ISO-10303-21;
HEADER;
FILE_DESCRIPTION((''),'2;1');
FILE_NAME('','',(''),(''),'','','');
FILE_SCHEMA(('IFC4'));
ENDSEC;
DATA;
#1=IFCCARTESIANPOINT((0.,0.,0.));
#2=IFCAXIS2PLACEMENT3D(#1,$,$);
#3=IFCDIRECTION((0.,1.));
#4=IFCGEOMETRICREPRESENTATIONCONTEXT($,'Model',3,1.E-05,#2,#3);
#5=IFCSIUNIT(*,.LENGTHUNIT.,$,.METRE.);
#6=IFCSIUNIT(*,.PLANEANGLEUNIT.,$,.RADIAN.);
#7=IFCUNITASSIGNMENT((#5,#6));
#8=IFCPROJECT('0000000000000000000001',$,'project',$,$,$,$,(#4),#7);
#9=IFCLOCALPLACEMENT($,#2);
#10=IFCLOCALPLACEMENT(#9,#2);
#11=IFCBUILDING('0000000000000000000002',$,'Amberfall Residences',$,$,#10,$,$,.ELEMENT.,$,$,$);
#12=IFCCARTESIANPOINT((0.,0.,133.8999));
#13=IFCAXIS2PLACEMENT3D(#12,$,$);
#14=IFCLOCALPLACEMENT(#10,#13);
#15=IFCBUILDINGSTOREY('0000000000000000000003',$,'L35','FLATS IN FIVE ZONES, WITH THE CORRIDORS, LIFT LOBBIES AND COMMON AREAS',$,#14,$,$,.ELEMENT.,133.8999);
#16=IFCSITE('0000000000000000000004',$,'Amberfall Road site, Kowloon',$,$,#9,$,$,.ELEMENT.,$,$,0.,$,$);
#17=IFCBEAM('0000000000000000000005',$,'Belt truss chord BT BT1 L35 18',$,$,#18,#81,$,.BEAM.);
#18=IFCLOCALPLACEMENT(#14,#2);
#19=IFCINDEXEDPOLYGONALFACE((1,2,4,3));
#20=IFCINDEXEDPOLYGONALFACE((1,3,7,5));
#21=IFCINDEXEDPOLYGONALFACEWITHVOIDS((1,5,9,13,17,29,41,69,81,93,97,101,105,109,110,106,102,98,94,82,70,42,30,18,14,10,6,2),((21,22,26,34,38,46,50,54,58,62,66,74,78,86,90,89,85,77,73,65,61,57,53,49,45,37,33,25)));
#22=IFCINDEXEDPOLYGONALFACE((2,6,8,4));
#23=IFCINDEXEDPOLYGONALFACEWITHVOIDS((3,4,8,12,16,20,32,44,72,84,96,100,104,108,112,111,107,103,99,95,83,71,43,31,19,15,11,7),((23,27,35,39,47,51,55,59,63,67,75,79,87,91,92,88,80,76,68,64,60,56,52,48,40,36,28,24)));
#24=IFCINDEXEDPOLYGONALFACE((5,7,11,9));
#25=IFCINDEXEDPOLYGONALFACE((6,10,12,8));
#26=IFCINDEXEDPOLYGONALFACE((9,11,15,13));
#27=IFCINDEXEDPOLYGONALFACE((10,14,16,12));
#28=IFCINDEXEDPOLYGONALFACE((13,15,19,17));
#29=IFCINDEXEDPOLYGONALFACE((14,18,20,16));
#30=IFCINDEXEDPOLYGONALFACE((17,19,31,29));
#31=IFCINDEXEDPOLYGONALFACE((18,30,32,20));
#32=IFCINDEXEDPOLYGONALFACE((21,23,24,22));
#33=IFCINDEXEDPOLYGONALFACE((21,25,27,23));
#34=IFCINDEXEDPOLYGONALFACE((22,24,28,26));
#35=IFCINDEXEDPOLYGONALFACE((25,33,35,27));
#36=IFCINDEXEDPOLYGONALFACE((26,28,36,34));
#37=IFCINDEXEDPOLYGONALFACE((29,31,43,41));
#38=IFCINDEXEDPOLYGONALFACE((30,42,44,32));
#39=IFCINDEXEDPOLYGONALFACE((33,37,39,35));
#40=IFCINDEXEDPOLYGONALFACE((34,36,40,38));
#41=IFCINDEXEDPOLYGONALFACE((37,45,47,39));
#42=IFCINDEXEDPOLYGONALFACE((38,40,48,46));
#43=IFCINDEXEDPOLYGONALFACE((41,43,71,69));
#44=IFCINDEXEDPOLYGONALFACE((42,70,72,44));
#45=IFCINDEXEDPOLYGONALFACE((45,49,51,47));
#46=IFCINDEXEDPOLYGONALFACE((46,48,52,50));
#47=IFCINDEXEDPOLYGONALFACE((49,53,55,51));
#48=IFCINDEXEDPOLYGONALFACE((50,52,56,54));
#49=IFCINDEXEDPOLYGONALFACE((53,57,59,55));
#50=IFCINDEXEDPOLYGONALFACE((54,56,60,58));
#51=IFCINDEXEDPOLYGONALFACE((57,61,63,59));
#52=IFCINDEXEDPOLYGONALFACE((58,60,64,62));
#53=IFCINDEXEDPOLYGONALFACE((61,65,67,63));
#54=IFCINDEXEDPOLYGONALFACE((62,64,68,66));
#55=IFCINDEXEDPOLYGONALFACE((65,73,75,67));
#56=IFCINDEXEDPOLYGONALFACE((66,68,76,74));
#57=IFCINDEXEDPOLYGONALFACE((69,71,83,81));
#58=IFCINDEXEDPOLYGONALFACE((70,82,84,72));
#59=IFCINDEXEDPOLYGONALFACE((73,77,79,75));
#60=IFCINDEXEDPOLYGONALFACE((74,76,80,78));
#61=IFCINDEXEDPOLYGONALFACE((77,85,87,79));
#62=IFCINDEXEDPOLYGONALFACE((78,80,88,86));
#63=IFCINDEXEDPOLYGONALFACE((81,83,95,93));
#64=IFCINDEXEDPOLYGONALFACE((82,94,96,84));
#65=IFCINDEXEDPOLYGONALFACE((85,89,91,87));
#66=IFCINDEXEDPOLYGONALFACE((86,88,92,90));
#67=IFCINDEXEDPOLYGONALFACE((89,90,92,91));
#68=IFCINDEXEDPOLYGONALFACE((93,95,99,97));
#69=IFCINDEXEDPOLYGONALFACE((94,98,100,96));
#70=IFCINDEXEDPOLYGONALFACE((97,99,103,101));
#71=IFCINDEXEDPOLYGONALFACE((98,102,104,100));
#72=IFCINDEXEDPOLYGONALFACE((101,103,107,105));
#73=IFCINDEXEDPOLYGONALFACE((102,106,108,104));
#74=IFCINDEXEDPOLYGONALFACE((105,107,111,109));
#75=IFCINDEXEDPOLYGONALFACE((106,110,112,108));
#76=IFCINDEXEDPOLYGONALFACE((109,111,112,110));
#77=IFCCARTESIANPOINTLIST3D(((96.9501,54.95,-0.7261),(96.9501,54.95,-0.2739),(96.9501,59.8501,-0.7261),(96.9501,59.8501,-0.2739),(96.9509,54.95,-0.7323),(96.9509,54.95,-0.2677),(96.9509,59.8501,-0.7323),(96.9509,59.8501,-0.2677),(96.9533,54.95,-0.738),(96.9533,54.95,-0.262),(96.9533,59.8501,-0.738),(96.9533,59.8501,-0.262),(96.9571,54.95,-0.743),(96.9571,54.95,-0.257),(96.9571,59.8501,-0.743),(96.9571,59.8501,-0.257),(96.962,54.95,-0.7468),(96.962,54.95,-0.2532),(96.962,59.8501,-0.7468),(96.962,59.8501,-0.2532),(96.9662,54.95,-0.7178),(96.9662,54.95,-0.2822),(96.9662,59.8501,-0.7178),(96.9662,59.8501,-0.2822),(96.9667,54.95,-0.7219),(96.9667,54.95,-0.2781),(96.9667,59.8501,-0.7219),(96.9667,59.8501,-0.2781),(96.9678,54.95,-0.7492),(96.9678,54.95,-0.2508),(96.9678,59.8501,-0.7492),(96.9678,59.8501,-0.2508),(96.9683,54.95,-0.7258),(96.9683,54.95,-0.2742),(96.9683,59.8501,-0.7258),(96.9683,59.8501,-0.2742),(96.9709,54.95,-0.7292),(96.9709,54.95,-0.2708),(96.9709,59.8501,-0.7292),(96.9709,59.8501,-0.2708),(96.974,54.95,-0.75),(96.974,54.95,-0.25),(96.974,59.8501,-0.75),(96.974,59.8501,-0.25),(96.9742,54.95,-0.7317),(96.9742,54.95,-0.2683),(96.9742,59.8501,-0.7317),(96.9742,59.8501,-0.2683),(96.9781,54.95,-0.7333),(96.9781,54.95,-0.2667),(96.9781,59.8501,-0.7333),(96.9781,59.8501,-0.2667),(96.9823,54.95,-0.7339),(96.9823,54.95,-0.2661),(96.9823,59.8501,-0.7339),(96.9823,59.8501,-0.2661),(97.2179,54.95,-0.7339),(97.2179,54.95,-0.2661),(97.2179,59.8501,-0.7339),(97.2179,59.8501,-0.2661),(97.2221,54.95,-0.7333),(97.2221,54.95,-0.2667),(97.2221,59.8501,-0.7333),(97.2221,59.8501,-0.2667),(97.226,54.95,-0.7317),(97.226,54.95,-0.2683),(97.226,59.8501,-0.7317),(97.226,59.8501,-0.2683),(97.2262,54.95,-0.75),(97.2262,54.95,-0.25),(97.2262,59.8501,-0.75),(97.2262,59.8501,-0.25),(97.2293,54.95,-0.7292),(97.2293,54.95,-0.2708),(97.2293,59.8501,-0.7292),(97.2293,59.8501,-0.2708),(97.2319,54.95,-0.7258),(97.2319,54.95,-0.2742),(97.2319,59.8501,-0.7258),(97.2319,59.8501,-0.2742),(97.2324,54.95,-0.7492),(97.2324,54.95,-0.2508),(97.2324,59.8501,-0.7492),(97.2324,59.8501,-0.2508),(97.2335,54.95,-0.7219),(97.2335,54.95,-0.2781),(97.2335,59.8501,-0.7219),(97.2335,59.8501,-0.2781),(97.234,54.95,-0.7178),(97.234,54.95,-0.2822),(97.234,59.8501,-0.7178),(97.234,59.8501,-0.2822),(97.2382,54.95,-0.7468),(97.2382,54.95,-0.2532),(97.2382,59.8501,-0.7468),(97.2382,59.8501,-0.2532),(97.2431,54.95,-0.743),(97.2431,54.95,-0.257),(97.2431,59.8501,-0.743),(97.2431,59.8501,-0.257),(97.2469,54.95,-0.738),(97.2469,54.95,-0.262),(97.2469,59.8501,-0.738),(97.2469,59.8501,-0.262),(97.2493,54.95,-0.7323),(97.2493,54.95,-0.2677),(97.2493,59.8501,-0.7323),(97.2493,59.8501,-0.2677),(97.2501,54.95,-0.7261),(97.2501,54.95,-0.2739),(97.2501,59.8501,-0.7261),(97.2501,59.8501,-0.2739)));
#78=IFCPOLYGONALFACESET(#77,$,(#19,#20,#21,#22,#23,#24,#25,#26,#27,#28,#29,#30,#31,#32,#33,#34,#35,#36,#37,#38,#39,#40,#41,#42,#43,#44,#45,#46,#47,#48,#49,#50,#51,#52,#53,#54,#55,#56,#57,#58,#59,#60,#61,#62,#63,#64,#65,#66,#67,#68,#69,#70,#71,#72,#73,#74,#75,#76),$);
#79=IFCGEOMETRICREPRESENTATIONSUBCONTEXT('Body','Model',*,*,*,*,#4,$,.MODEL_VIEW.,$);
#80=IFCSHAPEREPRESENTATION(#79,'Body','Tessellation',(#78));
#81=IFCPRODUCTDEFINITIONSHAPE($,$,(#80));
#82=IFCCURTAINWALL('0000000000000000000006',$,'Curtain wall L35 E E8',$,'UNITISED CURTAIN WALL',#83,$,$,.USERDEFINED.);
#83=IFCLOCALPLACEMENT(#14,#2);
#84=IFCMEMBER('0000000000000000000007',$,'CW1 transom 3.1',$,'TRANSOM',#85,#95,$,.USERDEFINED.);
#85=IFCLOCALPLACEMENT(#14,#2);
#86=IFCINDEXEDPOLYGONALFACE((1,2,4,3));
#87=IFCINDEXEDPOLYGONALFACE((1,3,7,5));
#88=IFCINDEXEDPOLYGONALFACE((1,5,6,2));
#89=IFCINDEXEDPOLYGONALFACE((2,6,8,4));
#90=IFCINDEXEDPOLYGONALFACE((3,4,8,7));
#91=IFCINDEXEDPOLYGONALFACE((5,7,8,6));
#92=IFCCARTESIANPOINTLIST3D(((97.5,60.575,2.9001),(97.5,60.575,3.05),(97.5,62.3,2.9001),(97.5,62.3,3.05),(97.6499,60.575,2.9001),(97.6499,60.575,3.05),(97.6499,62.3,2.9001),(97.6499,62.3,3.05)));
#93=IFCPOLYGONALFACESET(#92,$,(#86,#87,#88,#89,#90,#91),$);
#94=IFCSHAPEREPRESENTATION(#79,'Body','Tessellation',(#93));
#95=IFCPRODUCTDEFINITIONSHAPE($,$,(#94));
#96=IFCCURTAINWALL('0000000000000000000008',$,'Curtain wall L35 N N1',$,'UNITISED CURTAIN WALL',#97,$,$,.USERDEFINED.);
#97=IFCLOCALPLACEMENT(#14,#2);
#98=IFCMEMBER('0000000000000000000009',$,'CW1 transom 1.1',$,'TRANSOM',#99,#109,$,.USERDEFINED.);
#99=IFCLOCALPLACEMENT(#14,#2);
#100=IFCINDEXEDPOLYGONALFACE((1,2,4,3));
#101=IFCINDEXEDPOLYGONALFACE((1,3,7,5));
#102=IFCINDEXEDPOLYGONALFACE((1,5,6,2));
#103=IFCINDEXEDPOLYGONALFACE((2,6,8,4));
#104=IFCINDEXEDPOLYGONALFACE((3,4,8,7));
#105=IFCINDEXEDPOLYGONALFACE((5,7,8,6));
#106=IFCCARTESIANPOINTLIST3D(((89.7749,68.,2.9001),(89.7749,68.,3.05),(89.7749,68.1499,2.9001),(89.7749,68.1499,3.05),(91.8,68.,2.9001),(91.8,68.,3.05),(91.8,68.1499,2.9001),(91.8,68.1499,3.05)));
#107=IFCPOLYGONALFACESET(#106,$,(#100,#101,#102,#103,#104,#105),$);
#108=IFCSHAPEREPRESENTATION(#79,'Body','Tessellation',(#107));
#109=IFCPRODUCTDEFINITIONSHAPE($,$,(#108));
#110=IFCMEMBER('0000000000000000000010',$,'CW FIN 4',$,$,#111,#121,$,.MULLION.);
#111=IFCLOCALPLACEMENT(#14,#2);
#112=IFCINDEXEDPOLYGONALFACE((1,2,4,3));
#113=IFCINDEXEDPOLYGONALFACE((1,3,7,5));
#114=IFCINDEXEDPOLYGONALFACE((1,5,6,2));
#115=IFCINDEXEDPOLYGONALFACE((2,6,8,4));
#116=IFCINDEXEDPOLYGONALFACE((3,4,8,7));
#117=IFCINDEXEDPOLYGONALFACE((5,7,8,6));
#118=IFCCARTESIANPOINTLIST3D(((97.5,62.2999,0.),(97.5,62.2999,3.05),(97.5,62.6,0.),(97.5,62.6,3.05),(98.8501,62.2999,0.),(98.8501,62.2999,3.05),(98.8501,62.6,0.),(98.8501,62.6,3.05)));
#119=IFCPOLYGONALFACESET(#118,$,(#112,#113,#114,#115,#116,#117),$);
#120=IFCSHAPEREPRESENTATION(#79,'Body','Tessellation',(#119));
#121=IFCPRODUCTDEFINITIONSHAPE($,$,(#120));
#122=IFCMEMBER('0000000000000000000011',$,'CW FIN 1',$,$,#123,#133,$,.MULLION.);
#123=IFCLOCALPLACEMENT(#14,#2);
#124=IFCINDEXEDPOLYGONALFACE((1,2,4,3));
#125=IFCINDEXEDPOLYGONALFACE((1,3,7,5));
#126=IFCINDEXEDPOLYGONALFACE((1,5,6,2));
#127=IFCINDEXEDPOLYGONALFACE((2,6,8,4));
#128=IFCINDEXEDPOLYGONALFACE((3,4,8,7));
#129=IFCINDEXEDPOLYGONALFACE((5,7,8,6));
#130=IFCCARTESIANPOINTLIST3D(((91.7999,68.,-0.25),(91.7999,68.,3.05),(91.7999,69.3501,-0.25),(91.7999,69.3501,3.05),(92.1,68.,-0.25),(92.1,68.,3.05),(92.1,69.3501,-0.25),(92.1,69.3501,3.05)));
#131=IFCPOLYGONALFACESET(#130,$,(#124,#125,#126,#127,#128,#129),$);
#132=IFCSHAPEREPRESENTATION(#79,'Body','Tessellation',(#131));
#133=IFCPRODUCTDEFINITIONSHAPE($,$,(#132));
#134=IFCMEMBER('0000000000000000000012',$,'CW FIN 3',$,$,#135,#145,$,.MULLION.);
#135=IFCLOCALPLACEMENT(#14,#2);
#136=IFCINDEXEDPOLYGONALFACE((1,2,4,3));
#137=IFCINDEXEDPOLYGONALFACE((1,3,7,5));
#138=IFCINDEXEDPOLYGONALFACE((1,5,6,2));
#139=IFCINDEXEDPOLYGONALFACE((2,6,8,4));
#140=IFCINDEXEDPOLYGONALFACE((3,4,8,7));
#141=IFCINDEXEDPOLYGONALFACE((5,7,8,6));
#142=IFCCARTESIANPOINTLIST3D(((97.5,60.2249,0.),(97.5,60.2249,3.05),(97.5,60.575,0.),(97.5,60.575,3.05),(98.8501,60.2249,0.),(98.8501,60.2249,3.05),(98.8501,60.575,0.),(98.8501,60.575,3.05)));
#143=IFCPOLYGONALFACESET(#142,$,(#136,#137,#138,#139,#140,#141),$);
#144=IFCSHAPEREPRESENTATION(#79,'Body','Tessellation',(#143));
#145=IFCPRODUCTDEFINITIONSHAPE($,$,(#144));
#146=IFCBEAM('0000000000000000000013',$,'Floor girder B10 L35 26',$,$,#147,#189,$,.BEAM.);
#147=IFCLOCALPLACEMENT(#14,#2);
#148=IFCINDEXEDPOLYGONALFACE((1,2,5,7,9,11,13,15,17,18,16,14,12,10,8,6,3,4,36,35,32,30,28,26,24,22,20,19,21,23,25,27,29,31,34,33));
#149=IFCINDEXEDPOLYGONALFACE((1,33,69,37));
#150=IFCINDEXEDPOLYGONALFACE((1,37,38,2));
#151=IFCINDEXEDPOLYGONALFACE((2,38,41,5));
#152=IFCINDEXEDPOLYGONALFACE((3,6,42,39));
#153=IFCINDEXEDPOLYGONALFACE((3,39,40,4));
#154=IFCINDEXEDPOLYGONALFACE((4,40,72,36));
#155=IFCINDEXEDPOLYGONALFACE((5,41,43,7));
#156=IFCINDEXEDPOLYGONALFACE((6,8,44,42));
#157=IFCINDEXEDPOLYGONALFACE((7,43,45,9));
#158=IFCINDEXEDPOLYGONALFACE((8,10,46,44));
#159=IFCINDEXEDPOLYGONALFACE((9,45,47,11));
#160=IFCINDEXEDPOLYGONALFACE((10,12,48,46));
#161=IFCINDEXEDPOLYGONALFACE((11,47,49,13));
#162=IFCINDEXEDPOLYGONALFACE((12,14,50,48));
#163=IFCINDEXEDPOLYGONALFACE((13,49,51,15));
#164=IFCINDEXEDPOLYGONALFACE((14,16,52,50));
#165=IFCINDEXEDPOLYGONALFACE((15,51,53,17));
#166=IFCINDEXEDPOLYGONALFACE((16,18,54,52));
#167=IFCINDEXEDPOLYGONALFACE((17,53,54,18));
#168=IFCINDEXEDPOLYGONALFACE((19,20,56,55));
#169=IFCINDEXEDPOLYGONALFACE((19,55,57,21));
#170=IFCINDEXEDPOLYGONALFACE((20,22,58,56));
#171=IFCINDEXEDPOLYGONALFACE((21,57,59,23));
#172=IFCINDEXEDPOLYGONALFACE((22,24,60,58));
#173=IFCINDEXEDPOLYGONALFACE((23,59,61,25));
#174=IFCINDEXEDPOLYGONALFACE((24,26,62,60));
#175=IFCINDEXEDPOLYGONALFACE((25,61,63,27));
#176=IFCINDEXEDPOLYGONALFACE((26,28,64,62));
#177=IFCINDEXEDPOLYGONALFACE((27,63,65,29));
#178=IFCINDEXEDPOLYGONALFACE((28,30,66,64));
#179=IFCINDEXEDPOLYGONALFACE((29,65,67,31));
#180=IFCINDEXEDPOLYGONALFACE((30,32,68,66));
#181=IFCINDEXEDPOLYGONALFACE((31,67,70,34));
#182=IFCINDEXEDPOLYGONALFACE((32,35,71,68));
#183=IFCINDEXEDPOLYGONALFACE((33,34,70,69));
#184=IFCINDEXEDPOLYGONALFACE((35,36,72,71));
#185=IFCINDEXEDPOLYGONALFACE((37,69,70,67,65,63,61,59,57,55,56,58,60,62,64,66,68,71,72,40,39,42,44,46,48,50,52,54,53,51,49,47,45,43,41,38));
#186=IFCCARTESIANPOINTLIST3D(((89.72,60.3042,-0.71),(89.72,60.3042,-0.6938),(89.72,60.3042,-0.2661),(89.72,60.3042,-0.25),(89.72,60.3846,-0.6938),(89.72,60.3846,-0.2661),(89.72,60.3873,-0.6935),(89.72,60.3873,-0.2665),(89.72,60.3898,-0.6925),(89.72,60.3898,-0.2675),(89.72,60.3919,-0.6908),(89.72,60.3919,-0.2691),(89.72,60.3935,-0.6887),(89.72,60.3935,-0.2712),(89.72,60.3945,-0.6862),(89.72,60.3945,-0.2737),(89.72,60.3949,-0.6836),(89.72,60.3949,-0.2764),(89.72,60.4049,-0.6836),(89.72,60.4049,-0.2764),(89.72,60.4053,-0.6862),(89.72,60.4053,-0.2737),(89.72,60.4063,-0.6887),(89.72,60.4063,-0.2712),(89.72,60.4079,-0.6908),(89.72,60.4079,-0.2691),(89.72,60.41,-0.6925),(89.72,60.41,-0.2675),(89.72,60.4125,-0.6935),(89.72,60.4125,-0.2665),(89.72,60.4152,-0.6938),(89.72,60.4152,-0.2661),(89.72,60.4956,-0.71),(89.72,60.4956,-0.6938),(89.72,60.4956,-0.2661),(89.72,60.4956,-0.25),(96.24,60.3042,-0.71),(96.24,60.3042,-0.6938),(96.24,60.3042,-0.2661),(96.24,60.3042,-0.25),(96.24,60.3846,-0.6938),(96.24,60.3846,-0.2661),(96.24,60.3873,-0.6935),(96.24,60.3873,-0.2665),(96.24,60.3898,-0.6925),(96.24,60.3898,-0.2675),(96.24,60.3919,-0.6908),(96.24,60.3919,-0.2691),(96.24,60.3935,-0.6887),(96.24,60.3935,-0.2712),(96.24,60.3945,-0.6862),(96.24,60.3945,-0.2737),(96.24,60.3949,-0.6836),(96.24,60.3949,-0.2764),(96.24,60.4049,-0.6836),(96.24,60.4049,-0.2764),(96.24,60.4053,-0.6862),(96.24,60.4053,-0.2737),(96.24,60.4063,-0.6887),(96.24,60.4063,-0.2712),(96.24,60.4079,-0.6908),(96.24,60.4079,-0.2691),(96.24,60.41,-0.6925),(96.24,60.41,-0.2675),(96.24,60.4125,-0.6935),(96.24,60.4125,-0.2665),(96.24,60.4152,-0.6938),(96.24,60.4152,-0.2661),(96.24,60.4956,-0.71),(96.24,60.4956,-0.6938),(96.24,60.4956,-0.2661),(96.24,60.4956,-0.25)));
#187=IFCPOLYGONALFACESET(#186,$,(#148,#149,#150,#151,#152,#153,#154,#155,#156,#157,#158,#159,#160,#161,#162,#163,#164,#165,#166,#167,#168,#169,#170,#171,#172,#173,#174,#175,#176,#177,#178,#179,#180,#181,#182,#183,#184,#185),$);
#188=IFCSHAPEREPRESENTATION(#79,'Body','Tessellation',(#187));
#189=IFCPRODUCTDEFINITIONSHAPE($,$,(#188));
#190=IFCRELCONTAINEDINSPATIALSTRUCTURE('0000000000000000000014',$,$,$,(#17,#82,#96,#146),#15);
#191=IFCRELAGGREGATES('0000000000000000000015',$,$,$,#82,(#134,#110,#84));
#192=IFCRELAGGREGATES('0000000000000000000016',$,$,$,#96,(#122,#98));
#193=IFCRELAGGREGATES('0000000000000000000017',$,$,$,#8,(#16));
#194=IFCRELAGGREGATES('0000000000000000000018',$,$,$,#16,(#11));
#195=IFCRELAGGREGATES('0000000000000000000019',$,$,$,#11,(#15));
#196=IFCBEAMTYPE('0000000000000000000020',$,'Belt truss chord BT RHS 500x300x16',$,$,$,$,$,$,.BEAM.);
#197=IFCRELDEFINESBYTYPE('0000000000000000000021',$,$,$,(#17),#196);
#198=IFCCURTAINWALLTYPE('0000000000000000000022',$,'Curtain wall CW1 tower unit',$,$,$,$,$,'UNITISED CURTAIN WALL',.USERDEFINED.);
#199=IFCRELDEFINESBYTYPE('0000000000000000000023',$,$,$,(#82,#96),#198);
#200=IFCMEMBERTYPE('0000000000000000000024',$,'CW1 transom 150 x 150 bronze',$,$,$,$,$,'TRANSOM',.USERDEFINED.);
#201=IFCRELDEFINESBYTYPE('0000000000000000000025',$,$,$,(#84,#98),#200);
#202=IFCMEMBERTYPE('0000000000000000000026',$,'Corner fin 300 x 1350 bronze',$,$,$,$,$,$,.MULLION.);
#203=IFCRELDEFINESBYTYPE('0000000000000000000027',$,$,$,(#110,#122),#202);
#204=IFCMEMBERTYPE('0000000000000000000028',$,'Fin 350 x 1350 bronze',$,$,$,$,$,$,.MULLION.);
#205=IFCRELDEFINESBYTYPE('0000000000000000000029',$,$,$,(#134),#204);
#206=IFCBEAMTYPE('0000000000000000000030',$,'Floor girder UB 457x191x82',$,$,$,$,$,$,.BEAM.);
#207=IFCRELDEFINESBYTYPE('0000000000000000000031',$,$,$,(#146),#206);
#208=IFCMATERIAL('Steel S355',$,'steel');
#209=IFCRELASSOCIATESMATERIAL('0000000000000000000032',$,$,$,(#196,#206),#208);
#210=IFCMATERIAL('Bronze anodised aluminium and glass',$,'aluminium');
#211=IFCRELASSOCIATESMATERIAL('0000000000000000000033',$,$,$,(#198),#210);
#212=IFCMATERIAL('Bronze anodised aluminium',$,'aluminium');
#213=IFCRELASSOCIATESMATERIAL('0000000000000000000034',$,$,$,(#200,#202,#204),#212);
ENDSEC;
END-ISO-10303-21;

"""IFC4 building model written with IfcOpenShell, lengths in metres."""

from ifc_helpers import new_model, si_unit, direction, frame, origin, origin_2d, place, context, subcontext, project, spatial, rectangle, hollow_rectangle, i_section, extrude, material, material_profile, profile_set, type_object, element, aggregate, save


model = new_model("IFC4")

# Units and contexts
model_context = context("Model", 3, precision=1e-05, world=origin(), true_north=direction((0.0, 1.0)))
body_context = subcontext(model_context, "Body", "Model", "MODEL_VIEW")
ifc_project = project(units=[si_unit("LENGTHUNIT", "METRE"), si_unit("PLANEANGLEUNIT", "RADIAN")], contexts=[model_context])

# Site, building, storey
site_placement = place(None, origin())
site = spatial("IfcSite", under=ifc_project, at=site_placement, Name="Amberfall Road site, Kowloon", CompositionType="ELEMENT", RefElevation=0.0)
building_placement = place(site_placement, origin())
building = spatial("IfcBuilding", under=site, at=building_placement, Name="Amberfall Residences", CompositionType="ELEMENT")
storey_placement = place(building_placement, frame((0.0, 0.0, 133.8999)))
storey = spatial("IfcBuildingStorey", under=building, at=storey_placement, Name="L35", Description="FLATS IN FIVE ZONES, WITH THE CORRIDORS, LIFT LOBBIES AND COMMON AREAS", CompositionType="ELEMENT", Elevation=133.8999)

# Beam
ifc_material_1 = material(Name="Steel S355", Category="steel")
ifc_material_profile_1 = material_profile(ifc_material_1, hollow_rectangle(XDim=0.3, YDim=0.5, WallThickness=0.0161, InnerFilletRadius=0.0161, OuterFilletRadius=0.0239, at=origin_2d()), Name="RHS 500x300x16")
ifc_profile_set_1 = profile_set([ifc_material_profile_1], Name="Steel S355")
beam_type_1 = type_object("IfcBeamType", Name="Belt truss chord BT RHS 500x300x16", PredefinedType="BEAM", material=ifc_profile_set_1)
beam_1_placement = place(storey_placement, frame((97.1001, 54.95, -0.5), z_axis=(0.0, 1.0, 0.0), x_axis=(-1.0, 0.0, 0.0)))
element("IfcBeam", 1, at=beam_1_placement, inside=storey, type_object=beam_type_1, Name="Belt truss chord BT BT1 L35 18", PredefinedType="BEAM", context=body_context, shape_type="SweptSolid", body=[
    extrude(hollow_rectangle(XDim=0.3, YDim=0.5, WallThickness=0.0161, InnerFilletRadius=0.0161, OuterFilletRadius=0.0239, at=origin_2d()), origin(), (0.0, 0.0, 1.0), 4.9001),
])

# Curtain walls, members
ifc_material_2 = material(Name="Bronze anodised aluminium and glass", Category="aluminium")
curtain_wall_type = type_object("IfcCurtainWallType", Name="Curtain wall CW1 tower unit", ElementType="UNITISED CURTAIN WALL", PredefinedType="USERDEFINED", material=ifc_material_2)
curtain_wall_1_placement = place(storey_placement, origin())
curtain_wall_1 = element("IfcCurtainWall", 2, at=curtain_wall_1_placement, inside=storey, type_object=curtain_wall_type, Name="Curtain wall L35 E E8", ObjectType="UNITISED CURTAIN WALL", PredefinedType="USERDEFINED")
ifc_material_3 = material(Name="Bronze anodised aluminium", Category="aluminium")
ifc_material_profile_2 = material_profile(ifc_material_3, rectangle(XDim=0.1499, YDim=0.1499, at=origin_2d()), Name="CW1 transom 150 x 150 bronze")
ifc_profile_set_2 = profile_set([ifc_material_profile_2], Name="Bronze anodised aluminium")
member_type_1 = type_object("IfcMemberType", Name="CW1 transom 150 x 150 bronze", ElementType="TRANSOM", PredefinedType="USERDEFINED", material=ifc_profile_set_2)
member_1_placement = place(storey_placement, frame((97.575, 60.575, 2.9751), z_axis=(0.0, 1.0, 0.0), x_axis=(-1.0, 0.0, 0.0)))
member_1 = element("IfcMember", 3, at=member_1_placement, type_object=member_type_1, Name="CW1 transom 3.1", ObjectType="TRANSOM", PredefinedType="USERDEFINED", context=body_context, shape_type="SweptSolid", body=[
    extrude(rectangle(XDim=0.1499, YDim=0.1499, at=origin_2d()), origin(), (0.0, 0.0, 1.0), 1.7251),
])
curtain_wall_2_placement = place(storey_placement, origin())
curtain_wall_2 = element("IfcCurtainWall", 4, at=curtain_wall_2_placement, inside=storey, type_object=curtain_wall_type, Name="Curtain wall L35 N N1", ObjectType="UNITISED CURTAIN WALL", PredefinedType="USERDEFINED")
member_2_placement = place(storey_placement, frame((91.8, 68.075, 2.9751), z_axis=(-1.0, 0.0, 0.0), x_axis=(0.0, -1.0, 0.0)))
member_2 = element("IfcMember", 5, at=member_2_placement, type_object=member_type_1, Name="CW1 transom 1.1", ObjectType="TRANSOM", PredefinedType="USERDEFINED", context=body_context, shape_type="SweptSolid", body=[
    extrude(rectangle(XDim=0.1499, YDim=0.1499, at=origin_2d()), origin(), (0.0, 0.0, 1.0), 2.0251),
])

# Members
ifc_material_profile_3 = material_profile(ifc_material_3, rectangle(XDim=1.3501, YDim=0.3, at=origin_2d()), Name="Corner fin 300 x 1350 bronze")
ifc_profile_set_3 = profile_set([ifc_material_profile_3], Name="Bronze anodised aluminium")
member_type_2 = type_object("IfcMemberType", Name="Corner fin 300 x 1350 bronze", PredefinedType="MULLION", material=ifc_profile_set_3)
member_3_placement = place(storey_placement, frame((98.175, 62.45, 0.0), z_axis=(0.0, 0.0, 1.0), x_axis=(-1.0, 0.0, 0.0)))
member_3 = element("IfcMember", 6, at=member_3_placement, type_object=member_type_2, Name="CW FIN 4", PredefinedType="MULLION", context=body_context, shape_type="SweptSolid", body=[
    extrude(rectangle(XDim=1.3501, YDim=0.3, at=origin_2d()), origin(), (0.0, 0.0, 1.0), 3.05),
])
member_4_placement = place(storey_placement, frame((91.95, 68.675, -0.25), z_axis=(0.0, 0.0, 1.0), x_axis=(0.0, -1.0, 0.0)))
member_4 = element("IfcMember", 7, at=member_4_placement, type_object=member_type_2, Name="CW FIN 1", PredefinedType="MULLION", context=body_context, shape_type="SweptSolid", body=[
    extrude(rectangle(XDim=1.3501, YDim=0.3, at=origin_2d()), origin(), (0.0, 0.0, 1.0), 3.3),
])
ifc_material_profile_4 = material_profile(ifc_material_3, rectangle(XDim=1.3501, YDim=0.3501, at=origin_2d()), Name="Fin 350 x 1350 bronze")
ifc_profile_set_4 = profile_set([ifc_material_profile_4], Name="Bronze anodised aluminium")
member_type_3 = type_object("IfcMemberType", Name="Fin 350 x 1350 bronze", PredefinedType="MULLION", material=ifc_profile_set_4)
member_5_placement = place(storey_placement, frame((98.175, 60.3999, 0.0), z_axis=(0.0, 0.0, 1.0), x_axis=(-1.0, 0.0, 0.0)))
member_5 = element("IfcMember", 8, at=member_5_placement, type_object=member_type_3, Name="CW FIN 3", PredefinedType="MULLION", context=body_context, shape_type="SweptSolid", body=[
    extrude(rectangle(XDim=1.3501, YDim=0.3501, at=origin_2d()), origin(), (0.0, 0.0, 1.0), 3.05),
])

# Beam
ifc_material_profile_5 = material_profile(ifc_material_1, i_section(OverallWidth=0.1914, OverallDepth=0.46, WebThickness=0.01, FlangeThickness=0.0161, FilletRadius=0.0103, at=origin_2d()), Name="UB 457x191x82")
ifc_profile_set_5 = profile_set([ifc_material_profile_5], Name="Steel S355")
beam_type_2 = type_object("IfcBeamType", Name="Floor girder UB 457x191x82", PredefinedType="BEAM", material=ifc_profile_set_5)
beam_2_placement = place(storey_placement, frame((96.24, 60.3999, -0.48), z_axis=(-1.0, 0.0, 0.0), x_axis=(0.0, -1.0, 0.0)))
element("IfcBeam", 9, at=beam_2_placement, inside=storey, type_object=beam_type_2, Name="Floor girder B10 L35 26", PredefinedType="BEAM", context=body_context, shape_type="SweptSolid", body=[
    extrude(i_section(OverallWidth=0.1914, OverallDepth=0.46, WebThickness=0.01, FlangeThickness=0.0161, FilletRadius=0.0103, at=origin_2d()), origin(), (0.0, 0.0, 1.0), 6.52),
])

aggregate(curtain_wall_1, [member_5, member_3, member_1])
aggregate(curtain_wall_2, [member_4, member_2])

save(model, "model.ifc")
